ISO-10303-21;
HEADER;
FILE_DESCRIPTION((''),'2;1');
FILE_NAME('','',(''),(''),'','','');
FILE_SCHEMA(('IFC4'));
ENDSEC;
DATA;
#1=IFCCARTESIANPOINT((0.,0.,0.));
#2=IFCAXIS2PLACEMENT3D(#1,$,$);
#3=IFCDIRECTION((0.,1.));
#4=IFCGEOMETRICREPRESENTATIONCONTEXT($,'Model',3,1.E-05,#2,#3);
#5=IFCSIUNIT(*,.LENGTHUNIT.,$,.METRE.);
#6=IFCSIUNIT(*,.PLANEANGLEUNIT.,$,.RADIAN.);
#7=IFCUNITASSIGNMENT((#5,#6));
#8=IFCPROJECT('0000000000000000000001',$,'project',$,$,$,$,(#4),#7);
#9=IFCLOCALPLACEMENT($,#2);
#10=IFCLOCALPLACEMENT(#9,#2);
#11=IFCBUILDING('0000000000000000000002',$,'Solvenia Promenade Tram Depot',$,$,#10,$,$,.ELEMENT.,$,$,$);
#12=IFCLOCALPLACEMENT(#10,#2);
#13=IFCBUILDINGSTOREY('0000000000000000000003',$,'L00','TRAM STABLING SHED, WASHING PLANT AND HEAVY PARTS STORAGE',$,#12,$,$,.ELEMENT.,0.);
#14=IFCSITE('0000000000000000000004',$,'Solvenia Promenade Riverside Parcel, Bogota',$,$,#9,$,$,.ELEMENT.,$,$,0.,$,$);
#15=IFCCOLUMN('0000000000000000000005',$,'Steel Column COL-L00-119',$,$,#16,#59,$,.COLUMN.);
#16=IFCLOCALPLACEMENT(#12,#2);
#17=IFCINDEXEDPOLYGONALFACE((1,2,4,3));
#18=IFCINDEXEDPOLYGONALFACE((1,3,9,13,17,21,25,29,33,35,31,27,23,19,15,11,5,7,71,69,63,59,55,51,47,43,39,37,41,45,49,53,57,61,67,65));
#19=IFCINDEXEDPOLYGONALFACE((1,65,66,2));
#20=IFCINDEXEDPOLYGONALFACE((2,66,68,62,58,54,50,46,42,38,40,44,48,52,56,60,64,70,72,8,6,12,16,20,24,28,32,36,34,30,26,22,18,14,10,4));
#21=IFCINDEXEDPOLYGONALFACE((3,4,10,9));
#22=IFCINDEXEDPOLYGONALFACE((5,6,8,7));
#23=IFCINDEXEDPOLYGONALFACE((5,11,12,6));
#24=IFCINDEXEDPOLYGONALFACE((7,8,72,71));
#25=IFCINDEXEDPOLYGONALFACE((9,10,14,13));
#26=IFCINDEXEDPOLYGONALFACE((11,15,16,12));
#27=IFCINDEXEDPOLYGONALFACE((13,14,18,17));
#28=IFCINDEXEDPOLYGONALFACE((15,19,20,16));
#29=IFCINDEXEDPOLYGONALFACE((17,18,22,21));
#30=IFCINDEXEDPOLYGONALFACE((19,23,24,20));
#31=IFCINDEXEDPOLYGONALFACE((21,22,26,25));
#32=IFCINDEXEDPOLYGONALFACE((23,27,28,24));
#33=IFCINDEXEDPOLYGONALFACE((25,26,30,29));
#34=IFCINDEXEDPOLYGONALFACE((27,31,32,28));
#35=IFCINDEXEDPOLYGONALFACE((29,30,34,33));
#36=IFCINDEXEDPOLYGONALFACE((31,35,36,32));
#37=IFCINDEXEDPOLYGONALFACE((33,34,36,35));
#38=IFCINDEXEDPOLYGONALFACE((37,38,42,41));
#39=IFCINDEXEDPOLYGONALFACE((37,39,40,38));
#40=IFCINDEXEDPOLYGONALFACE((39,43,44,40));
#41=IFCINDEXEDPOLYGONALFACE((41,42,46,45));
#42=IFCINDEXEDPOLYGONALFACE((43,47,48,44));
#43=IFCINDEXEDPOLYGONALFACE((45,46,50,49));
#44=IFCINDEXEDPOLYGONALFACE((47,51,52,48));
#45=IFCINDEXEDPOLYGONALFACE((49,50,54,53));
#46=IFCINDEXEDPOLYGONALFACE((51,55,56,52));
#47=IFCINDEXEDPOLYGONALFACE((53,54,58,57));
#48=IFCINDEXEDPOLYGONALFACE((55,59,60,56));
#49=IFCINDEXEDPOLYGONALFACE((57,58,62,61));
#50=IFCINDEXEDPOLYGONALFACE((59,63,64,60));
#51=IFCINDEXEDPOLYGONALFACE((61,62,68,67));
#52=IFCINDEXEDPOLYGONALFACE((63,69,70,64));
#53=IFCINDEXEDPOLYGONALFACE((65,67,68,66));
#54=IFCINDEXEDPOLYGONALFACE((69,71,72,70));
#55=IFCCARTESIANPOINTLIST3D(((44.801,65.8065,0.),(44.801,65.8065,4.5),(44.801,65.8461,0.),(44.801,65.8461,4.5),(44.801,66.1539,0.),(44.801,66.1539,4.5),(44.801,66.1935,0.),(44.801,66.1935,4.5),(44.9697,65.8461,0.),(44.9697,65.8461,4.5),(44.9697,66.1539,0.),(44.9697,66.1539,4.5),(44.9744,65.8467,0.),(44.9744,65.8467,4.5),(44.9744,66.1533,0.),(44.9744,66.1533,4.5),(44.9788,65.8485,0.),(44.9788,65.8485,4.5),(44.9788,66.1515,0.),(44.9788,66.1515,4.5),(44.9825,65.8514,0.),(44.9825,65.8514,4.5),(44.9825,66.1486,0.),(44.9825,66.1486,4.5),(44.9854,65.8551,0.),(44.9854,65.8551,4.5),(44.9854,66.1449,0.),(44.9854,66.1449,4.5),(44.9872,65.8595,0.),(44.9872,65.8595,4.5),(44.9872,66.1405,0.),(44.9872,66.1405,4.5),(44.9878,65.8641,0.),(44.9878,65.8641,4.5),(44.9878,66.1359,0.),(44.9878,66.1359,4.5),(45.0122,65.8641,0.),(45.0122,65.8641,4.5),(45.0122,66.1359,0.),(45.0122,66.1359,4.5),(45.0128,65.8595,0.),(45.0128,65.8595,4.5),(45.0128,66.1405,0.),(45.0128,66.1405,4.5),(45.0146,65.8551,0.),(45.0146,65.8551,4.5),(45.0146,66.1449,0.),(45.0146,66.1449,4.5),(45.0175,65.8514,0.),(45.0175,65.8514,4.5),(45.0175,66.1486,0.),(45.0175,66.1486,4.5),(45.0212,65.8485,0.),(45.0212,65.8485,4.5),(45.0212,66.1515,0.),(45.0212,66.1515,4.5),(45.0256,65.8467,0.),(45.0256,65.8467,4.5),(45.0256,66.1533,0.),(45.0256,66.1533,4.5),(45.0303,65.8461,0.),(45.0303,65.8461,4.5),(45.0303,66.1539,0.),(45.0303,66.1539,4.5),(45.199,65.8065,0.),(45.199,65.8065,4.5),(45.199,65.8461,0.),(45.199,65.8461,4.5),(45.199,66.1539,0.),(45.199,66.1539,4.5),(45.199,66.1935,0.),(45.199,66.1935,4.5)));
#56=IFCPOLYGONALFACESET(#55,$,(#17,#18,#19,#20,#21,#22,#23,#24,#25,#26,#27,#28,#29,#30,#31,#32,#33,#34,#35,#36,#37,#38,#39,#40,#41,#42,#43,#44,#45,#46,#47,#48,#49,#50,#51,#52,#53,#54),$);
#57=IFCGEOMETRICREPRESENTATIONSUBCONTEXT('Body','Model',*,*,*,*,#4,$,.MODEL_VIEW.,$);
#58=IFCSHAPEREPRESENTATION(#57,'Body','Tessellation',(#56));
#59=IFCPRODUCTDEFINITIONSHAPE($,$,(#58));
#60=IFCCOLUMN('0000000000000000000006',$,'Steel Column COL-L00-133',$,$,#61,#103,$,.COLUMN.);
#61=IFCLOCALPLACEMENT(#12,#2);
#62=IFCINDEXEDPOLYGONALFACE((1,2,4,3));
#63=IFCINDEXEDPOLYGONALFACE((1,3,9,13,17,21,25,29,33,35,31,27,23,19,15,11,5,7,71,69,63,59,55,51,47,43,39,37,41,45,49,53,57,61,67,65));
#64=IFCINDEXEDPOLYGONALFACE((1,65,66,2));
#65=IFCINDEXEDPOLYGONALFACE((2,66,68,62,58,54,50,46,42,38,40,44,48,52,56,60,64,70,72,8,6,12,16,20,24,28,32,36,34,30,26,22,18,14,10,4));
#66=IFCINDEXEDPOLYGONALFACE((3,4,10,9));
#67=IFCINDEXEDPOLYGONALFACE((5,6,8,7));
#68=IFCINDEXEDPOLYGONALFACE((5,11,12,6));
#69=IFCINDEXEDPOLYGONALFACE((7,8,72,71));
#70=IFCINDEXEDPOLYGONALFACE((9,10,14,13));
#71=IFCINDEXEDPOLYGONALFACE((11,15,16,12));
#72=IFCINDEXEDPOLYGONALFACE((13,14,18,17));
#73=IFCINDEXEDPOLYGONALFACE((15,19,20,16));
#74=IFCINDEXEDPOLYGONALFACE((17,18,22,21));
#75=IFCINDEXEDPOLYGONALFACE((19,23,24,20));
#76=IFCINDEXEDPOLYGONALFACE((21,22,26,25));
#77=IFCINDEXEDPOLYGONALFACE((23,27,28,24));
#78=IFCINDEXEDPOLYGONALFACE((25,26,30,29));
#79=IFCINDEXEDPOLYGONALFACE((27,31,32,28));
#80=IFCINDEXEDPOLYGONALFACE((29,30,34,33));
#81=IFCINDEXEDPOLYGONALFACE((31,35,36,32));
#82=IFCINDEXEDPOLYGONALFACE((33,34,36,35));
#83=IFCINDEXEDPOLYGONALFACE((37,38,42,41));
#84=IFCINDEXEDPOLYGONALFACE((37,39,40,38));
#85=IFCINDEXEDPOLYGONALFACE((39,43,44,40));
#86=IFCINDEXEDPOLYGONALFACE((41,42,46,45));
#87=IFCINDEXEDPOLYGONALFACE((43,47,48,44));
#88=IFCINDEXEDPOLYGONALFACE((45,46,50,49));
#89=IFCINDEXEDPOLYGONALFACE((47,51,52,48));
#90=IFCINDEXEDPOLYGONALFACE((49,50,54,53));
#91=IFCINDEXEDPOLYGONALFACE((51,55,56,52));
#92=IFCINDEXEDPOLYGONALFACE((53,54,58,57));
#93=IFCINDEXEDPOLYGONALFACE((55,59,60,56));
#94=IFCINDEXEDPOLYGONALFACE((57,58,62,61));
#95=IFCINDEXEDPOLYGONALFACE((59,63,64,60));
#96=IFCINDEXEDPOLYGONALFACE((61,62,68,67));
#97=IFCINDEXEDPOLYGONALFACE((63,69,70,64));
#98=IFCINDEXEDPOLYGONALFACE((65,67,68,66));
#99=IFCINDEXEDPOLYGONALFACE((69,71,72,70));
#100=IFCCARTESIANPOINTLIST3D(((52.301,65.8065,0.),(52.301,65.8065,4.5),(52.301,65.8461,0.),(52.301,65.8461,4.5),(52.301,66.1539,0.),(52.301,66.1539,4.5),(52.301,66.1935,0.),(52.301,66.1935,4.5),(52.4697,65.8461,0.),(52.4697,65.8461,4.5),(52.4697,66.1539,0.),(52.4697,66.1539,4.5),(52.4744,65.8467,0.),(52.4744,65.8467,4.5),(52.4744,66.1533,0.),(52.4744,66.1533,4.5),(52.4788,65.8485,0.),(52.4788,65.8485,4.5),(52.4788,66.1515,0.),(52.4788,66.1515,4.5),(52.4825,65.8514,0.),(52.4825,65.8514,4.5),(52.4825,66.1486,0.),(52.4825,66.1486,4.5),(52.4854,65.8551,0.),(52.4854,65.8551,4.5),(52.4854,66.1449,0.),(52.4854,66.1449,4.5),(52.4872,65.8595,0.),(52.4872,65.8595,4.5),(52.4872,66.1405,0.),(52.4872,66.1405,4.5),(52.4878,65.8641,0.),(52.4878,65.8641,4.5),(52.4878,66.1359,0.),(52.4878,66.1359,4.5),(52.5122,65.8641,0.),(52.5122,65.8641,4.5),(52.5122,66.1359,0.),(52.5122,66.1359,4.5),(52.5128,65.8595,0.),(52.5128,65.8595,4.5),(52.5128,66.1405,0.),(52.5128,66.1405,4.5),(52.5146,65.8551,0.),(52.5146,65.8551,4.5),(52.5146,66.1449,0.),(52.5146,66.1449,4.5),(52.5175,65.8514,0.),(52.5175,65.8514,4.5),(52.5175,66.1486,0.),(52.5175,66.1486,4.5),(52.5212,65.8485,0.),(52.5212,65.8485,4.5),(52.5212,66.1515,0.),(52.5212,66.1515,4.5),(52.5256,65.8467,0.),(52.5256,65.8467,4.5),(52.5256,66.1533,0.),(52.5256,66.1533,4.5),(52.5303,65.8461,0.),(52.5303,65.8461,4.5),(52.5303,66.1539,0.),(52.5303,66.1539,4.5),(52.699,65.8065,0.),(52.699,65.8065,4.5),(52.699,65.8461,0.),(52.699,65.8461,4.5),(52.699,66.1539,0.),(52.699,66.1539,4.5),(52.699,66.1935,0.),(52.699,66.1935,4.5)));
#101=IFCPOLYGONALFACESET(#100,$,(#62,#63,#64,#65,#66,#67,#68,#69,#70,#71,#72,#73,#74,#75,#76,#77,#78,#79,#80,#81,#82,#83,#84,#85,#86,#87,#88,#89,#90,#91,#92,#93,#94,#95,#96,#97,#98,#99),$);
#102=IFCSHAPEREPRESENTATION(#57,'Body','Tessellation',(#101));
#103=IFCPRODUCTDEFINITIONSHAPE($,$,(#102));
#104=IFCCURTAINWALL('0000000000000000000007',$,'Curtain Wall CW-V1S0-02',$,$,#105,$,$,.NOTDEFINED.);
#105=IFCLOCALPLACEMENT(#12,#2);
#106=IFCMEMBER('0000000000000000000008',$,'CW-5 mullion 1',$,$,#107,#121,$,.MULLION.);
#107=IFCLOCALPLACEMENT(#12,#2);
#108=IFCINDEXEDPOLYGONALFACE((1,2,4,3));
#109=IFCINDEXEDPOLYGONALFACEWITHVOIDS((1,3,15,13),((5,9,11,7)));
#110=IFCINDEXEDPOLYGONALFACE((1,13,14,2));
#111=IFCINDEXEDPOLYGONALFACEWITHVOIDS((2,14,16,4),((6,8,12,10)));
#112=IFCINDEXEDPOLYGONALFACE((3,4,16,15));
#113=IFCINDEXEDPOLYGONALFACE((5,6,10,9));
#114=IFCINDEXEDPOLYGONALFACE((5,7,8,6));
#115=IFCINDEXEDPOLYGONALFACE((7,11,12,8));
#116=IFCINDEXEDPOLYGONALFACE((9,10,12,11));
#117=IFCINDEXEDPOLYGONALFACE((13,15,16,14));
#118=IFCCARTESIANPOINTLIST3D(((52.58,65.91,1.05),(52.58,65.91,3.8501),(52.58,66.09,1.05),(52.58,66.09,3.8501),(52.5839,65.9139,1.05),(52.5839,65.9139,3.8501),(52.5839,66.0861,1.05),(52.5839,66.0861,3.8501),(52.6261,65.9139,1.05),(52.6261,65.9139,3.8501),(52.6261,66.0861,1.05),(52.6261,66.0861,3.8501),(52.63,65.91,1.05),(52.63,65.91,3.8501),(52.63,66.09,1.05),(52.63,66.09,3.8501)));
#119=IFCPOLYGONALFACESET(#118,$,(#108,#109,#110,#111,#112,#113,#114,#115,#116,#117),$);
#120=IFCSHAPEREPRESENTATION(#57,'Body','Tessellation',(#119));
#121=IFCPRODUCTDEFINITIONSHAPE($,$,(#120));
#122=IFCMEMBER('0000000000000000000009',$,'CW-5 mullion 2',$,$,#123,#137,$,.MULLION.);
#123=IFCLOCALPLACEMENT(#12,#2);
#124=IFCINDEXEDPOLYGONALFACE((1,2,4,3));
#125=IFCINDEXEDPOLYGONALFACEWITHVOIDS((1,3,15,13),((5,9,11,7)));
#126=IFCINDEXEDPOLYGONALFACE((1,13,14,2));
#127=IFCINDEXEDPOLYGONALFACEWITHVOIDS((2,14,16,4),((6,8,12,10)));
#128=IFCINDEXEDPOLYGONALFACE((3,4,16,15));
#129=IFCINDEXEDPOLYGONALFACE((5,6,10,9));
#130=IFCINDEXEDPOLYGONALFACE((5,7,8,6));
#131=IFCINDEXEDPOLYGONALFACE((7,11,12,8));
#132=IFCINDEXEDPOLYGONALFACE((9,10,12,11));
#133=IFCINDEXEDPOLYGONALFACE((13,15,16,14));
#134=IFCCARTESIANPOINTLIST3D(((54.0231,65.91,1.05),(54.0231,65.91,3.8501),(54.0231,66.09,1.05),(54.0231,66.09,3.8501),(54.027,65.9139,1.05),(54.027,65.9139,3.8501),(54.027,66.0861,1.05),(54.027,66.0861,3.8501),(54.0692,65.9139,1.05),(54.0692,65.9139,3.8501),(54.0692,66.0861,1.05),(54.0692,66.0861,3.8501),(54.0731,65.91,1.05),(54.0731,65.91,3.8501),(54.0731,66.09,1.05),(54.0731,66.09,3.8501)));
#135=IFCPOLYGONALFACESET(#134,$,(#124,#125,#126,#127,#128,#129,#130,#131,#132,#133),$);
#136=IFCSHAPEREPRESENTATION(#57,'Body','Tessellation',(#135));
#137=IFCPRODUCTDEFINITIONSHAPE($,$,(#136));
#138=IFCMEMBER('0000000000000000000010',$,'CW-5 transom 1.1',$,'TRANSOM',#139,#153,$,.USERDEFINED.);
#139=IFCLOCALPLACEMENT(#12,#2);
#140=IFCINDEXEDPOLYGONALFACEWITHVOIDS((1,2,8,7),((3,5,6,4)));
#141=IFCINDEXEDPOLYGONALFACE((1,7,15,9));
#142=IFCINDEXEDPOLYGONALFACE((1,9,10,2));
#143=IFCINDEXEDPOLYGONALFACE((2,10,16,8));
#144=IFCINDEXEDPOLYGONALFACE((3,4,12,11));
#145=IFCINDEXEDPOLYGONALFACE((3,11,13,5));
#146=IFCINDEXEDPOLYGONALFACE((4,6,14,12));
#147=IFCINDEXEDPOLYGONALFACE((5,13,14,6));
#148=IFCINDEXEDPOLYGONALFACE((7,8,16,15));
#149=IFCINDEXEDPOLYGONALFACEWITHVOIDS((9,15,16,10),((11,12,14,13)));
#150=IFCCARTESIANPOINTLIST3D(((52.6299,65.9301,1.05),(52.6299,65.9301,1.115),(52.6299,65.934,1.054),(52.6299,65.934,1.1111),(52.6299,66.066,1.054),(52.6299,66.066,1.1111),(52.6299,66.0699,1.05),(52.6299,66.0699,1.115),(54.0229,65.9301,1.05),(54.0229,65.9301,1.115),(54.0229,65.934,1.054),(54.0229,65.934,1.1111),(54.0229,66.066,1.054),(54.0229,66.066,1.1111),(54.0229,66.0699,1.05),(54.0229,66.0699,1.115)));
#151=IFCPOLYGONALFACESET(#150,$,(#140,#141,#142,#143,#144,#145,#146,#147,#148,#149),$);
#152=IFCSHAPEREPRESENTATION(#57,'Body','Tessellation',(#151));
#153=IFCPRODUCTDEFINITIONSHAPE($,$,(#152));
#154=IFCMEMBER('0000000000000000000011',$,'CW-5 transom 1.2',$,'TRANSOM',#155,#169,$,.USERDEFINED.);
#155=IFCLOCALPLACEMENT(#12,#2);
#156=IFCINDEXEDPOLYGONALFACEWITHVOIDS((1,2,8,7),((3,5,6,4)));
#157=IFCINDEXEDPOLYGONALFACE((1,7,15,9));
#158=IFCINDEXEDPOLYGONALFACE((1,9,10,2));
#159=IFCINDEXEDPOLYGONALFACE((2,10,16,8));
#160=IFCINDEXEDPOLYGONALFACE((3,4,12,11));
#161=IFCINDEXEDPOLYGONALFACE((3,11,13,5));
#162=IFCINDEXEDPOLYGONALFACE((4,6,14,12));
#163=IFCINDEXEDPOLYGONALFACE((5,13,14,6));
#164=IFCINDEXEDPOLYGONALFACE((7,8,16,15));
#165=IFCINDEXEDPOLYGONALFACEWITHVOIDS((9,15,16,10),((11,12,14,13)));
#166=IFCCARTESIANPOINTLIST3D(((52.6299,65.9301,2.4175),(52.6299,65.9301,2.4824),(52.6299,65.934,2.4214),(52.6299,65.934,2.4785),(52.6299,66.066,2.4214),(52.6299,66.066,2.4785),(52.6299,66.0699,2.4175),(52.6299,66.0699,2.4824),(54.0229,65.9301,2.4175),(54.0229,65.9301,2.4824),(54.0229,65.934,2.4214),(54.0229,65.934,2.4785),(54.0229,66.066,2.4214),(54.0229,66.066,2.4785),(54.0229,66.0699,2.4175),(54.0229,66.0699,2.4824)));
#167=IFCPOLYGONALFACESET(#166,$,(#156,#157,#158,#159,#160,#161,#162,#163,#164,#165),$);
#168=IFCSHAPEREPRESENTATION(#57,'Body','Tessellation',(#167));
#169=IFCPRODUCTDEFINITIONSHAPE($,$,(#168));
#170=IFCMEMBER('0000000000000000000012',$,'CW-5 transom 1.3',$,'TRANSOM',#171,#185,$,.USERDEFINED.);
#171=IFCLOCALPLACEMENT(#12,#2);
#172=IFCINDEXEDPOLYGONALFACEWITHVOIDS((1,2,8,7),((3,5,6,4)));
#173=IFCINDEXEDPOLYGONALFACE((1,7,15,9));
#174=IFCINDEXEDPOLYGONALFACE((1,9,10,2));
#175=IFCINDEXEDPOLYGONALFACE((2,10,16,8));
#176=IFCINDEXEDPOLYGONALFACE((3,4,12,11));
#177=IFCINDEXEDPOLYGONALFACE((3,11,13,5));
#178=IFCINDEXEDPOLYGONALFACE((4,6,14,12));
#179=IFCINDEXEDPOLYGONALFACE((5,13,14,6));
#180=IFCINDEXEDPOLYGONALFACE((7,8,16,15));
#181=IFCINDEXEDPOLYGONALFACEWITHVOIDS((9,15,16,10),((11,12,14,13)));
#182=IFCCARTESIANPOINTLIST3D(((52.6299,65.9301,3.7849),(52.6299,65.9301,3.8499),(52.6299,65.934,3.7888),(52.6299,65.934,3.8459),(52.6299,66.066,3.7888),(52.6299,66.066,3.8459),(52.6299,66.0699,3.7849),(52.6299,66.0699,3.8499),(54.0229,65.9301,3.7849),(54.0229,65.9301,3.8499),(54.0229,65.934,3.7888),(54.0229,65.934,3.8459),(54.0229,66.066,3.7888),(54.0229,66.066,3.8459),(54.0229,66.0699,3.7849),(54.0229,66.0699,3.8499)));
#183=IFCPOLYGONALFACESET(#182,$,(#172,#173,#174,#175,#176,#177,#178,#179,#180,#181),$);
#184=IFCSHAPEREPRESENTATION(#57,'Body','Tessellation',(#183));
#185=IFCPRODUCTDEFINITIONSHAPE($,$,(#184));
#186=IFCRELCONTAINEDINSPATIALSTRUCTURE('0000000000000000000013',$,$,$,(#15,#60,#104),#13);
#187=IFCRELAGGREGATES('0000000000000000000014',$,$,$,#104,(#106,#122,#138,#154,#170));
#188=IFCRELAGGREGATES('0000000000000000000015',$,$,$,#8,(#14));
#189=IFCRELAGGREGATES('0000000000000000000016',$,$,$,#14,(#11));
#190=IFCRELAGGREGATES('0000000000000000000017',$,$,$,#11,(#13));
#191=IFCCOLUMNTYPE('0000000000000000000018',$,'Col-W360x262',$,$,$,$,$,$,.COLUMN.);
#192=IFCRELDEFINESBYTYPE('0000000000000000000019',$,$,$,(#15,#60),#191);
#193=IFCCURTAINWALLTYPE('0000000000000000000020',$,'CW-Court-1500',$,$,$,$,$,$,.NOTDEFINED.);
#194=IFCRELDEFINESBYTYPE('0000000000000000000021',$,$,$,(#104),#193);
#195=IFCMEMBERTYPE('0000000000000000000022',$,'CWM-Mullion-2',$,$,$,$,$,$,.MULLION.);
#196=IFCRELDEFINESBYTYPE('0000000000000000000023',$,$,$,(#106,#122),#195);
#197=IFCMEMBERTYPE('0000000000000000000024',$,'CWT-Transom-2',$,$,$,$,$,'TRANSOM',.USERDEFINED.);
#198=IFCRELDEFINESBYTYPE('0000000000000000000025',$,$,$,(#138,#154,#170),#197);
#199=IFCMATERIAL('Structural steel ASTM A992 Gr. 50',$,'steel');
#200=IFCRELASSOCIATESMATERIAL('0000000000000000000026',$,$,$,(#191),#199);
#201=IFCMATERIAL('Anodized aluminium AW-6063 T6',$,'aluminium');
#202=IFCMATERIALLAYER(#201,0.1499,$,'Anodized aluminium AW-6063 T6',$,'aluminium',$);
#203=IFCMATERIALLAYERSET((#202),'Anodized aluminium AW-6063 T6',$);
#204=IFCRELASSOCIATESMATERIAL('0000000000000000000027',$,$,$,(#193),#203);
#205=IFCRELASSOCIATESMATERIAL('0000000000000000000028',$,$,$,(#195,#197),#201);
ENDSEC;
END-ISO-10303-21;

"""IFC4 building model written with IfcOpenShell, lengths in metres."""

from ifc_helpers import new_model, si_unit, direction, frame, origin, origin_2d, place, context, subcontext, project, spatial, hollow_rectangle, i_section, extrude, material, layer, layer_set, material_profile, profile_set, type_object, element, aggregate, save


model = new_model("IFC4")

# Units and contexts
model_context = context("Model", 3, precision=1e-05, world=origin(), true_north=direction((0.0, 1.0)))
body_context = subcontext(model_context, "Body", "Model", "MODEL_VIEW")
ifc_project = project(units=[si_unit("LENGTHUNIT", "METRE"), si_unit("PLANEANGLEUNIT", "RADIAN")], contexts=[model_context])

# Site, building, storey
site_placement = place(None, origin())
site = spatial("IfcSite", under=ifc_project, at=site_placement, Name="Solvenia Promenade Riverside Parcel, Bogota", CompositionType="ELEMENT", RefElevation=0.0)
building_placement = place(site_placement, origin())
building = spatial("IfcBuilding", under=site, at=building_placement, Name="Solvenia Promenade Tram Depot", CompositionType="ELEMENT")
storey_placement = place(building_placement, origin())
storey = spatial("IfcBuildingStorey", under=building, at=storey_placement, Name="L00", Description="TRAM STABLING SHED, WASHING PLANT AND HEAVY PARTS STORAGE", CompositionType="ELEMENT", Elevation=0.0)

# Columns
ifc_material_1 = material(Name="Structural steel ASTM A992 Gr. 50", Category="steel")
ifc_material_profile_1 = material_profile(ifc_material_1, i_section(OverallWidth=0.3979, OverallDepth=0.387, WebThickness=0.0244, FlangeThickness=0.0396, FilletRadius=0.0181, at=origin_2d()), Name="W360x262", Category="steel")
ifc_profile_set_1 = profile_set([ifc_material_profile_1], Name="Structural steel ASTM A992 Gr. 50")
column_type = type_object("IfcColumnType", Name="Col-W360x262", PredefinedType="COLUMN", material=ifc_profile_set_1)
for number, where, z_axis, x_axis, name in (
    (1, (45.0, 66.0, 0.0), (0.0, 0.0, 1.0), (1.0, 0.0, 0.0), "Steel Column COL-L00-119"),
    (2, (52.5, 66.0, 0.0), (0.0, 0.0, 1.0), (1.0, 0.0, 0.0), "Steel Column COL-L00-133"),
):
    element("IfcColumn", number, at=place(storey_placement, frame(where, z_axis=z_axis, x_axis=x_axis)), inside=storey, type_object=column_type, Name=name, PredefinedType="COLUMN", context=body_context, shape_type="SweptSolid", body=[
        extrude(i_section(OverallWidth=0.3979, OverallDepth=0.387, WebThickness=0.0244, FlangeThickness=0.0396, FilletRadius=0.0181, at=origin_2d()), origin(), (0.0, 0.0, 1.0), 4.5),
    ])

# Curtain wall, members
ifc_material_2 = material(Name="Anodized aluminium AW-6063 T6", Category="aluminium")
ifc_layer_1 = layer(ifc_material_2, 0.1499, Name="Anodized aluminium AW-6063 T6", Category="aluminium")
ifc_layer_set_1 = layer_set([ifc_layer_1], Name="Anodized aluminium AW-6063 T6")
curtain_wall_type = type_object("IfcCurtainWallType", Name="CW-Court-1500", PredefinedType="NOTDEFINED", material=ifc_layer_set_1)
curtain_wall_placement = place(storey_placement, origin())
curtain_wall = element("IfcCurtainWall", 3, at=curtain_wall_placement, inside=storey, type_object=curtain_wall_type, Name="Curtain Wall CW-V1S0-02", PredefinedType="NOTDEFINED")
ifc_material_profile_2 = material_profile(ifc_material_2, hollow_rectangle(XDim=0.1799, YDim=0.05, WallThickness=0.0039, at=origin_2d()), Name="ALU-M2", Category="aluminium")
ifc_profile_set_2 = profile_set([ifc_material_profile_2], Name="Anodized aluminium AW-6063 T6")
member_type_1 = type_object("IfcMemberType", Name="CWM-Mullion-2", PredefinedType="MULLION", material=ifc_profile_set_2)
member_1_placement = place(storey_placement, frame((52.605, 66.0, 1.05), z_axis=(0.0, 0.0, 1.0), x_axis=(0.0, 1.0, 0.0)))
member_1 = element("IfcMember", 4, at=member_1_placement, type_object=member_type_1, Name="CW-5 mullion 1", PredefinedType="MULLION", context=body_context, shape_type="SweptSolid", body=[
    extrude(hollow_rectangle(XDim=0.1799, YDim=0.05, WallThickness=0.0039, at=origin_2d()), origin(), (0.0, 0.0, 1.0), 2.8),
])
member_2_placement = place(storey_placement, frame((54.0481, 66.0, 1.05), z_axis=(0.0, 0.0, 1.0), x_axis=(0.0, 1.0, 0.0)))
member_2 = element("IfcMember", 5, at=member_2_placement, type_object=member_type_1, Name="CW-5 mullion 2", PredefinedType="MULLION", context=body_context, shape_type="SweptSolid", body=[
    extrude(hollow_rectangle(XDim=0.1799, YDim=0.05, WallThickness=0.0039, at=origin_2d()), origin(), (0.0, 0.0, 1.0), 2.8),
])
ifc_material_profile_3 = material_profile(ifc_material_2, hollow_rectangle(XDim=0.1399, YDim=0.0649, WallThickness=0.0039, at=origin_2d()), Name="ALU-T2", Category="aluminium")
ifc_profile_set_3 = profile_set([ifc_material_profile_3], Name="Anodized aluminium AW-6063 T6")
member_type_2 = type_object("IfcMemberType", Name="CWT-Transom-2", ElementType="TRANSOM", PredefinedType="USERDEFINED", material=ifc_profile_set_3)
member_3_placement = place(storey_placement, frame((52.6299, 66.0, 1.0825), z_axis=(1.0, 0.0, 0.0), x_axis=(0.0, 1.0, 0.0)))
member_3 = element("IfcMember", 6, at=member_3_placement, type_object=member_type_2, Name="CW-5 transom 1.1", ObjectType="TRANSOM", PredefinedType="USERDEFINED", context=body_context, shape_type="SweptSolid", body=[
    extrude(hollow_rectangle(XDim=0.1399, YDim=0.0649, WallThickness=0.0039, at=origin_2d()), origin(), (0.0, 0.0, 1.0), 1.3931),
])
member_4_placement = place(storey_placement, frame((52.6299, 66.0, 2.45), z_axis=(1.0, 0.0, 0.0), x_axis=(0.0, 1.0, 0.0)))
member_4 = element("IfcMember", 7, at=member_4_placement, type_object=member_type_2, Name="CW-5 transom 1.2", ObjectType="TRANSOM", PredefinedType="USERDEFINED", context=body_context, shape_type="SweptSolid", body=[
    extrude(hollow_rectangle(XDim=0.1399, YDim=0.0649, WallThickness=0.0039, at=origin_2d()), origin(), (0.0, 0.0, 1.0), 1.3931),
])
member_5_placement = place(storey_placement, frame((52.6299, 66.0, 3.8174), z_axis=(1.0, 0.0, 0.0), x_axis=(0.0, 1.0, 0.0)))
member_5 = element("IfcMember", 8, at=member_5_placement, type_object=member_type_2, Name="CW-5 transom 1.3", ObjectType="TRANSOM", PredefinedType="USERDEFINED", context=body_context, shape_type="SweptSolid", body=[
    extrude(hollow_rectangle(XDim=0.1399, YDim=0.0649, WallThickness=0.0039, at=origin_2d()), origin(), (0.0, 0.0, 1.0), 1.3931),
])
aggregate(curtain_wall, [member_1, member_2, member_3, member_4, member_5])

save(model, "model.ifc")
